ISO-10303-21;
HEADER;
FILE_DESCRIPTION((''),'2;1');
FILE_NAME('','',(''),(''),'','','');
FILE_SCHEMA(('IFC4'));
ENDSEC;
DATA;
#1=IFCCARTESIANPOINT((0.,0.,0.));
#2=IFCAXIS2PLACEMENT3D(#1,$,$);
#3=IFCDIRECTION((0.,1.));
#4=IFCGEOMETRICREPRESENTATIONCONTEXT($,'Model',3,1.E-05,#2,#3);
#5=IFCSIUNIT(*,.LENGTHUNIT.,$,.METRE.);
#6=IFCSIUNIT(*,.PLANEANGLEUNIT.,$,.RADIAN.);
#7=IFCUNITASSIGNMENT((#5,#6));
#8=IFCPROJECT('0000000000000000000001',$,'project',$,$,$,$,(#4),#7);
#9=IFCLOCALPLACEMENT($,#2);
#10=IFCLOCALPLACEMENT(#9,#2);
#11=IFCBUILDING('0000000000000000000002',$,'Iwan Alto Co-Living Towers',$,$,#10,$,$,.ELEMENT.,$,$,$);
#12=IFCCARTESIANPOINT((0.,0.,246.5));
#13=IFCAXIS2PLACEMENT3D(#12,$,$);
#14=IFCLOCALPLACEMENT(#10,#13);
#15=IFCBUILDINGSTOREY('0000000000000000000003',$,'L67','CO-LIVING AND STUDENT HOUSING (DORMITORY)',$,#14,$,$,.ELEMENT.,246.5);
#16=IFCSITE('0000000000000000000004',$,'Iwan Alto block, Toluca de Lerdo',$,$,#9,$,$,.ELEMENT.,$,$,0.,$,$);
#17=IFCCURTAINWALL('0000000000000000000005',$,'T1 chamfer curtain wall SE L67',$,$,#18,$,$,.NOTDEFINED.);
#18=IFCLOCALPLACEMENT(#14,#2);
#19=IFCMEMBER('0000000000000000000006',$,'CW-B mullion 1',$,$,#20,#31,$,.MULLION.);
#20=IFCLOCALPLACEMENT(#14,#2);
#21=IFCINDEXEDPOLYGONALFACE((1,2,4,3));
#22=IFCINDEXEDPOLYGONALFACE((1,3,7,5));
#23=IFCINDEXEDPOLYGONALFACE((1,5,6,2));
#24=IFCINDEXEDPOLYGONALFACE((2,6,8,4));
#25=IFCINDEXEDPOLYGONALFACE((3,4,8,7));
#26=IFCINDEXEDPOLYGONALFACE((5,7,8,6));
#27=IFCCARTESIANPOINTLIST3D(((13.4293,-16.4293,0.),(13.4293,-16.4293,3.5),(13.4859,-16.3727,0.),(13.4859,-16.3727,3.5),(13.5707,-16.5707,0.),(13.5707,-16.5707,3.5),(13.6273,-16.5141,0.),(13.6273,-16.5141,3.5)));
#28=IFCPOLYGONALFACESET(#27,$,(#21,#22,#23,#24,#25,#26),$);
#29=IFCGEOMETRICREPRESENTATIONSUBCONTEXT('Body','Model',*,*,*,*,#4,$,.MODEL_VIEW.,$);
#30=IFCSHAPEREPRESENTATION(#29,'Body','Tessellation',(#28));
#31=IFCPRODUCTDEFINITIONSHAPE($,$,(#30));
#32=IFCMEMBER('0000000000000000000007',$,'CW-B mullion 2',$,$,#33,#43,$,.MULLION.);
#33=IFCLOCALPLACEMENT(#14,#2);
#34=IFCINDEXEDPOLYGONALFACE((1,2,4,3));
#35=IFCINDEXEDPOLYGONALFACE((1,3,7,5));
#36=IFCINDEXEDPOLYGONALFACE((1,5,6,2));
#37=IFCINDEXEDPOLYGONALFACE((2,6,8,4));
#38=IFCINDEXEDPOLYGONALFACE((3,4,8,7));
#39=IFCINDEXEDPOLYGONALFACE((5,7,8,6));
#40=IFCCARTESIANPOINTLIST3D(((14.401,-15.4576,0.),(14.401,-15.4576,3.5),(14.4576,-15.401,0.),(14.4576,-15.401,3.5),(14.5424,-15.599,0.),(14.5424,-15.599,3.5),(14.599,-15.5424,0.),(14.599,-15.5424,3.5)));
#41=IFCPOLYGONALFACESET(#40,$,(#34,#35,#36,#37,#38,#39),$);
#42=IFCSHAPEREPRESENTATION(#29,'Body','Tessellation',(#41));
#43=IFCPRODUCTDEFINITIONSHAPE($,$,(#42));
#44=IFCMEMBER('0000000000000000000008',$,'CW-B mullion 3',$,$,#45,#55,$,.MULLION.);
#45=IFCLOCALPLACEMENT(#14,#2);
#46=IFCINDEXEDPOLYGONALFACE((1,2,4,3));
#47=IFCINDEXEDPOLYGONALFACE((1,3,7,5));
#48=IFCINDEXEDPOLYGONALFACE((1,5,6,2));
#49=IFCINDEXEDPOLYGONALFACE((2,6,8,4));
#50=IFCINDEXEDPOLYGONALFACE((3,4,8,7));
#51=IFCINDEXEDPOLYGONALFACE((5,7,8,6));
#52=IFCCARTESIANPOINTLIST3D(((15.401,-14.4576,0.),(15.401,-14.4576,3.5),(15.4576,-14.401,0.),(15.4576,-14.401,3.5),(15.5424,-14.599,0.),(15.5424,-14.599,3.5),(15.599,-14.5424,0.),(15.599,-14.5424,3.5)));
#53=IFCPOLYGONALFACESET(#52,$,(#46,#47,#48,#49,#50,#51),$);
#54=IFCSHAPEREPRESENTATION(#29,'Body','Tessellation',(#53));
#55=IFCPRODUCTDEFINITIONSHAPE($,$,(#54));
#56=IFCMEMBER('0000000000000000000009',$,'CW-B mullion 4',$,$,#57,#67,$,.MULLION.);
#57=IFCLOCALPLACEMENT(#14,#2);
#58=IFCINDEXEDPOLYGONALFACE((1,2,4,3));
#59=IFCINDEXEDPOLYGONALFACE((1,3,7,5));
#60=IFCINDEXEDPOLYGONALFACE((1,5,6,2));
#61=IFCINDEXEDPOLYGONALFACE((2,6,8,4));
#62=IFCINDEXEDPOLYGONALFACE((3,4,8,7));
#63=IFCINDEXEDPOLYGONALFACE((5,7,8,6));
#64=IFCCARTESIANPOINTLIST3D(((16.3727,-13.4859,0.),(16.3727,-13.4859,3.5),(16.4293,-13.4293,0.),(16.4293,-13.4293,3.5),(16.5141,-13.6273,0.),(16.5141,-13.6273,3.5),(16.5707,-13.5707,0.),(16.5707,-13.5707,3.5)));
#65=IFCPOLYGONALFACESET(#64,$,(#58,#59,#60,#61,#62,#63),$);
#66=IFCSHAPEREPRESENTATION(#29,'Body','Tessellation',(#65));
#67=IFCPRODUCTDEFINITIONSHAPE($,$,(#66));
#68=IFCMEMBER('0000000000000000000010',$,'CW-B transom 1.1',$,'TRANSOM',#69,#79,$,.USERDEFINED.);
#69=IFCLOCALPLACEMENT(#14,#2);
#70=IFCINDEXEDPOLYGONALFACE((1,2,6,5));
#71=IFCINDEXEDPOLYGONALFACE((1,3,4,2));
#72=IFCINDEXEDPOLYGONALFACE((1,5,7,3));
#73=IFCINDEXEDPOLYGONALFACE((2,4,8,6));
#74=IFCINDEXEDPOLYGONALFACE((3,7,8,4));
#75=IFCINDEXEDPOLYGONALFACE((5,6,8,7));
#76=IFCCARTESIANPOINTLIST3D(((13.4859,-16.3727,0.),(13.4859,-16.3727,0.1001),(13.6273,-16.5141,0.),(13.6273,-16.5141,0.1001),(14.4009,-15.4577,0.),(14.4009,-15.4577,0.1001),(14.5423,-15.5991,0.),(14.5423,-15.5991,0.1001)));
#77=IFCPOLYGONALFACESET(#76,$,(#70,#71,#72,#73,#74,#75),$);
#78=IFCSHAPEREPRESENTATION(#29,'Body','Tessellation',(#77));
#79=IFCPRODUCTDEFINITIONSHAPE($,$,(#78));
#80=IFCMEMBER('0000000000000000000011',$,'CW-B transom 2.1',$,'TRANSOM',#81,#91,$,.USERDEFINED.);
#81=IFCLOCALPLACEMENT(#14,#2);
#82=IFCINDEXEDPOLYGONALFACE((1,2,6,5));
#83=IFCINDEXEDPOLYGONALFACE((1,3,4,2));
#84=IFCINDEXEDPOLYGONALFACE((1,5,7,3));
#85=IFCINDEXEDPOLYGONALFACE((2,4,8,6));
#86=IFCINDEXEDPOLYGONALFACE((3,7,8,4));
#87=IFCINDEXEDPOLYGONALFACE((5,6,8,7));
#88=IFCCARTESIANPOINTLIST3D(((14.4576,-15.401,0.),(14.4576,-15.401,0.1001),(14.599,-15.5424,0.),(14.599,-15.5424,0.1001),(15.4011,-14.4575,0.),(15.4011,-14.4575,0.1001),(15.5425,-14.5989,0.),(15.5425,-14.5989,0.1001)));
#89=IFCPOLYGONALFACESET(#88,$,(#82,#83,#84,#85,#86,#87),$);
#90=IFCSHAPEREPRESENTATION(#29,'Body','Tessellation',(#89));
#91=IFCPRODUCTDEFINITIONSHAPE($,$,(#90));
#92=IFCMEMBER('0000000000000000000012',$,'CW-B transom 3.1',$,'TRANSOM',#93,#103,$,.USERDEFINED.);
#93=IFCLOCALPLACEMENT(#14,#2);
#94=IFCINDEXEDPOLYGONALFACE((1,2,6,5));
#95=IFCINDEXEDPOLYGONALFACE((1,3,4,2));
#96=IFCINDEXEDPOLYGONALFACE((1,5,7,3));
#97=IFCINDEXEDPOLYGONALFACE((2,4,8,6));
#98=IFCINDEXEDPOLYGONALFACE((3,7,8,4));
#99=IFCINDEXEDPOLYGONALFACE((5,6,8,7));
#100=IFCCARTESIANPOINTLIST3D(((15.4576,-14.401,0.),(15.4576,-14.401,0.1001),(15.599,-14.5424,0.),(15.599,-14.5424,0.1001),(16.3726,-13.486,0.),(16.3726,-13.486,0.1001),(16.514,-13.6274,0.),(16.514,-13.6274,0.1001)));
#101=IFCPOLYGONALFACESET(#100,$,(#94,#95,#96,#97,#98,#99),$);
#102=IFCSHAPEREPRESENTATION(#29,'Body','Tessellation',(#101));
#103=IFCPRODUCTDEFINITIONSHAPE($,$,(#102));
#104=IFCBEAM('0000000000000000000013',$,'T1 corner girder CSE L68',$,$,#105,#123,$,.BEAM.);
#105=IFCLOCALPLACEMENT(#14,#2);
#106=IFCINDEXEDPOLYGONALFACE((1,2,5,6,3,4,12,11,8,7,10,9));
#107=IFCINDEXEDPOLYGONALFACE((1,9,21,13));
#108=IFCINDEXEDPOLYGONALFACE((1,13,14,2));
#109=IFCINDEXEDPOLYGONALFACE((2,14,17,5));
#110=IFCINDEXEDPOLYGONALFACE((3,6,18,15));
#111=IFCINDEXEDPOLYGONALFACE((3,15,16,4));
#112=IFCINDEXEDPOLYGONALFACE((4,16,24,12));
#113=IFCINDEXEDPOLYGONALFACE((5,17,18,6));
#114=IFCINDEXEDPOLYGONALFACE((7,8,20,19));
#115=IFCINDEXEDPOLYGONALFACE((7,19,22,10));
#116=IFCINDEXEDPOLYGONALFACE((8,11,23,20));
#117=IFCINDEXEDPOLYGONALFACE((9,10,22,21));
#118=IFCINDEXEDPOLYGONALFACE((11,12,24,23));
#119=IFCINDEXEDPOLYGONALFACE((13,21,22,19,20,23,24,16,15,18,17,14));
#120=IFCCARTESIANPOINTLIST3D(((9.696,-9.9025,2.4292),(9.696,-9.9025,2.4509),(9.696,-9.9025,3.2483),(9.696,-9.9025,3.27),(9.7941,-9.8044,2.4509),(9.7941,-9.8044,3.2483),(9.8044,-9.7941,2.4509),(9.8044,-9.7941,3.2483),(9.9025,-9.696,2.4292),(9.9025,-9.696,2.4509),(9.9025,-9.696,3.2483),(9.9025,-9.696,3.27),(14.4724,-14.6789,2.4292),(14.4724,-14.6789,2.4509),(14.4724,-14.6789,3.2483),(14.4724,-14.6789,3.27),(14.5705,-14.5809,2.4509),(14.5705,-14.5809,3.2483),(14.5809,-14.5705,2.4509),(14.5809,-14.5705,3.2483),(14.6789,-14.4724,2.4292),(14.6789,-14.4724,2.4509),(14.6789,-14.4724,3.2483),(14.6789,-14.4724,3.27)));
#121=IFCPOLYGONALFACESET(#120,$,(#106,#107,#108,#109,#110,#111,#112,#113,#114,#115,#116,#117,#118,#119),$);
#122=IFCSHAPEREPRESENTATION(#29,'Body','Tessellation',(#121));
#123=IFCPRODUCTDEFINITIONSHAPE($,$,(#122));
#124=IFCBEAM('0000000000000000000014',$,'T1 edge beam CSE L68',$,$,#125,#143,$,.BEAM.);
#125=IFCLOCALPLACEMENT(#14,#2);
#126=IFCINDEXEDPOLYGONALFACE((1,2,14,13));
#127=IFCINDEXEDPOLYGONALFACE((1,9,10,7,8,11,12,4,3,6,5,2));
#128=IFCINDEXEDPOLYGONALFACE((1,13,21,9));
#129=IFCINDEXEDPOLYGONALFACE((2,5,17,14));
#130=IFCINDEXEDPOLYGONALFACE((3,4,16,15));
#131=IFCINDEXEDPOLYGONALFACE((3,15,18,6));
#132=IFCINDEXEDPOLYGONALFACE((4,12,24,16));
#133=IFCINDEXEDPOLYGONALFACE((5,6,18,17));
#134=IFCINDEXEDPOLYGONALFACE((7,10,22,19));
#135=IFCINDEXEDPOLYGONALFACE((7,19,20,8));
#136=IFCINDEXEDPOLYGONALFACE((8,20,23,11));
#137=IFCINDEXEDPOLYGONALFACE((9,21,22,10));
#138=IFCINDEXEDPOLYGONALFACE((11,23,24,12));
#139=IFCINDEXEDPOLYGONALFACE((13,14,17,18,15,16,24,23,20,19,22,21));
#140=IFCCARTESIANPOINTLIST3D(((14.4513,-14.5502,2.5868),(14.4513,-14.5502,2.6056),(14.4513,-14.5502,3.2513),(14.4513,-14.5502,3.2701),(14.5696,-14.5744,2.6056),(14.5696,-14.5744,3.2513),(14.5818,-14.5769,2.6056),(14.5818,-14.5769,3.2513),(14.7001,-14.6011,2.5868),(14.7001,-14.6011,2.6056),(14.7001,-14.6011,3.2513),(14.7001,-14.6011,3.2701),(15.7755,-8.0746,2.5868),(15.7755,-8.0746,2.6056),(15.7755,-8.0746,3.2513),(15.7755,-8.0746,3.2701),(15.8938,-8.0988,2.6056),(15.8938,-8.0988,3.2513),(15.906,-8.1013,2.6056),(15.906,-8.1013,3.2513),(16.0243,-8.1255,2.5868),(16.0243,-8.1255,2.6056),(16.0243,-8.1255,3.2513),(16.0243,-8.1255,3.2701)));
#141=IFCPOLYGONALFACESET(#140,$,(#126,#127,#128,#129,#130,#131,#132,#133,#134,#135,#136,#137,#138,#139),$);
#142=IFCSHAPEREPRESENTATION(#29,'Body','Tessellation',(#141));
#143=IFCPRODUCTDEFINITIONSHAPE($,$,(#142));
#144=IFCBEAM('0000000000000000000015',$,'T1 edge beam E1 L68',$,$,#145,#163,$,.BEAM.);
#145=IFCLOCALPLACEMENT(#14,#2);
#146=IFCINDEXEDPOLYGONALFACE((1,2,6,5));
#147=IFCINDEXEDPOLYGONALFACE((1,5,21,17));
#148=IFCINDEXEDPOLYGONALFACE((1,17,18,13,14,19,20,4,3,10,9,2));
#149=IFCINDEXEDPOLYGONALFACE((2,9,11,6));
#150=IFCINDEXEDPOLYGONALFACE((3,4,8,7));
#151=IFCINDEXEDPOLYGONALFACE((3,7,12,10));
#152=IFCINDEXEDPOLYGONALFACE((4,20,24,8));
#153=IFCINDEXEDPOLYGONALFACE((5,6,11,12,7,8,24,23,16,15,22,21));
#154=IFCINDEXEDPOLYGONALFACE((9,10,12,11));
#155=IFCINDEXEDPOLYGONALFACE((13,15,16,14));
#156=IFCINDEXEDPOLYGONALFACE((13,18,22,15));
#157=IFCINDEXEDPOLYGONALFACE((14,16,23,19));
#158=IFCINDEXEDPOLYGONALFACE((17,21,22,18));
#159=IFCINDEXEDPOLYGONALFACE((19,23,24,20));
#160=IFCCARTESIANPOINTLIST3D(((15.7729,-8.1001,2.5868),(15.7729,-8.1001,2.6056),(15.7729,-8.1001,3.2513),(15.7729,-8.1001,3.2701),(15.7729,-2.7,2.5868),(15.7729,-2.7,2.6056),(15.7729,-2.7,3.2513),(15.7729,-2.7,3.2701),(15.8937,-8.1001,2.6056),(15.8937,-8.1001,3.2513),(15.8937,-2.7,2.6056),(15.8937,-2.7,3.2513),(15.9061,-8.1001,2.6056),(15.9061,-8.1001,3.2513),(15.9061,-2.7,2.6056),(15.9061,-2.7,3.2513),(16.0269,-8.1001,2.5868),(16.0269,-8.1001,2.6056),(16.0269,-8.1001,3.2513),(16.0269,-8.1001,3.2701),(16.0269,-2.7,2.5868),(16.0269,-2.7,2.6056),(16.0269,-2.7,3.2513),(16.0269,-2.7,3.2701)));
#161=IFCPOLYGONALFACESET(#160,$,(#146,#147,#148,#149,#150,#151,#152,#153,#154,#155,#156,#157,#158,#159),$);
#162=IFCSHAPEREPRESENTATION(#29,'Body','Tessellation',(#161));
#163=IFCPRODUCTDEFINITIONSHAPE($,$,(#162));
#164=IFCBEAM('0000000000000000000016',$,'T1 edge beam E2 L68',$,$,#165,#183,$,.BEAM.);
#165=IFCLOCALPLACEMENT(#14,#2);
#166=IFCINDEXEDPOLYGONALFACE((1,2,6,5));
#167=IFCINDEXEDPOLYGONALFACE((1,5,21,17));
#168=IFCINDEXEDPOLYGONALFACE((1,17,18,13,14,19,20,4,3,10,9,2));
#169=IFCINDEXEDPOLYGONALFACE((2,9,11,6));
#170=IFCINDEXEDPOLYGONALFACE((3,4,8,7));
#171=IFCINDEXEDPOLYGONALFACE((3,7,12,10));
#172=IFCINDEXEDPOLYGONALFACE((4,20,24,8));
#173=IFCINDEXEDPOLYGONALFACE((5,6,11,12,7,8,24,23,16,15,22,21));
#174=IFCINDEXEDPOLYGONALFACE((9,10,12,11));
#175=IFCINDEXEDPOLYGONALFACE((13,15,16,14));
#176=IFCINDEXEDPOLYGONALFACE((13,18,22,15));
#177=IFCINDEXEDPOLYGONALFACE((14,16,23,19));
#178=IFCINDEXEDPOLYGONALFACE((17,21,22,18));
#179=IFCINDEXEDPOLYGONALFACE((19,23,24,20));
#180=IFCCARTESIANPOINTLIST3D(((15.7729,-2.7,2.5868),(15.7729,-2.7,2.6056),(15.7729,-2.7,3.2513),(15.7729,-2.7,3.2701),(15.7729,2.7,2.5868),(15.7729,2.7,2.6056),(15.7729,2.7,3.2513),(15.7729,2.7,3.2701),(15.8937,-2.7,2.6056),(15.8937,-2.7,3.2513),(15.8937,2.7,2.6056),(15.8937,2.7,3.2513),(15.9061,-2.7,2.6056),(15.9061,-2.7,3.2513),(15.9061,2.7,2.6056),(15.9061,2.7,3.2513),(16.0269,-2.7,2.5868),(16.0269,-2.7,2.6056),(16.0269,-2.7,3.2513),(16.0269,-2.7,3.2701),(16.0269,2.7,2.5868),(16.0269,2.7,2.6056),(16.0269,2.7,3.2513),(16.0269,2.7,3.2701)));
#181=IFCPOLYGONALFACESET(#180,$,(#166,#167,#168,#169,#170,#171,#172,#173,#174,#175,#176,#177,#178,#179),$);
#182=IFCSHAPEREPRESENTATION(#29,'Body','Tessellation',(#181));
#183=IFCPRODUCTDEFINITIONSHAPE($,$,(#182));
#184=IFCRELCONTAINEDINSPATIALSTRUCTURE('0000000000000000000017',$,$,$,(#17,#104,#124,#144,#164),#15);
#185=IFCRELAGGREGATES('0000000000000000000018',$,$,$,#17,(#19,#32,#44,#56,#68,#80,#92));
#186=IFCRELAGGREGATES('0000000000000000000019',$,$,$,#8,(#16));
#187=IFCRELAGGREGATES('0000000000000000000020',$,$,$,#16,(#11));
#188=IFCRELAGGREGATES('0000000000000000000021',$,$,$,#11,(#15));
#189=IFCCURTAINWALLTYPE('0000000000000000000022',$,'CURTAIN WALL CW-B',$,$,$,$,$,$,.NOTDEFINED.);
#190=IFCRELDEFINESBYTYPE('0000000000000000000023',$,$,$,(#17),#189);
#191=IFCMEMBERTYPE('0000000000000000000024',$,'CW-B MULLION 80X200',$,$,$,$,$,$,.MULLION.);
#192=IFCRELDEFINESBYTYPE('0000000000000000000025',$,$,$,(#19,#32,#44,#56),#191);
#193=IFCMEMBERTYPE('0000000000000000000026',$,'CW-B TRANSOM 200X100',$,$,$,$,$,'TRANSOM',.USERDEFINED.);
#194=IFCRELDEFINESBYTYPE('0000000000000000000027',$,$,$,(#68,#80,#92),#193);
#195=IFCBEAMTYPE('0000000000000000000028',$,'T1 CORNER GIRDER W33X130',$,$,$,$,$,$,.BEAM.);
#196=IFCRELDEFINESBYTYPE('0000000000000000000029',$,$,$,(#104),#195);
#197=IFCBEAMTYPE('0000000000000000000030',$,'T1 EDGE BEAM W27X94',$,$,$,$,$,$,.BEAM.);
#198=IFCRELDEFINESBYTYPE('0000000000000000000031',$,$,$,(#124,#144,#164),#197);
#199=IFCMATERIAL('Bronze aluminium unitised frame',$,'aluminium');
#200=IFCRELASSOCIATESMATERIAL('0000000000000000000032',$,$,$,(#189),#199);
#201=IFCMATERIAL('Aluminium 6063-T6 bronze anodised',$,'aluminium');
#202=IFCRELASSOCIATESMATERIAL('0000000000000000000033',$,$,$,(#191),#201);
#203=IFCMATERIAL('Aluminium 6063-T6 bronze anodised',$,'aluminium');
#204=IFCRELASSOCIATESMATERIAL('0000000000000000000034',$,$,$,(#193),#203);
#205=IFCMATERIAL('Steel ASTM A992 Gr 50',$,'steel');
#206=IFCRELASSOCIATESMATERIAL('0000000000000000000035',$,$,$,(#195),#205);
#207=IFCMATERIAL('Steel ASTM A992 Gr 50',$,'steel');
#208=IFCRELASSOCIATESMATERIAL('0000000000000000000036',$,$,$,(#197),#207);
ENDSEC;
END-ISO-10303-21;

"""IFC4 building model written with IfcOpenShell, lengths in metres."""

from ifc_helpers import new_model, si_unit, direction, frame, origin, origin_2d, place, context, subcontext, project, spatial, rectangle, i_section, extrude, material, material_profile, profile_set, type_object, element, aggregate, save


model = new_model("IFC4")

# Units and contexts
model_context = context("Model", 3, precision=1e-05, world=origin(), true_north=direction((0.0, 1.0)))
body_context = subcontext(model_context, "Body", "Model", "MODEL_VIEW")
ifc_project = project(units=[si_unit("LENGTHUNIT", "METRE"), si_unit("PLANEANGLEUNIT", "RADIAN")], contexts=[model_context])

# Site, building, storey
site_placement = place(None, origin())
site = spatial("IfcSite", under=ifc_project, at=site_placement, Name="Iwan Alto block, Toluca de Lerdo", CompositionType="ELEMENT", RefElevation=0.0)
building_placement = place(site_placement, origin())
building = spatial("IfcBuilding", under=site, at=building_placement, Name="Iwan Alto Co-Living Towers", CompositionType="ELEMENT")
storey_placement = place(building_placement, frame((0.0, 0.0, 246.5)))
storey = spatial("IfcBuildingStorey", under=building, at=storey_placement, Name="L67", Description="CO-LIVING AND STUDENT HOUSING (DORMITORY)", CompositionType="ELEMENT", Elevation=246.5)

# Curtain wall, members
ifc_material_1 = material(Name="Bronze aluminium unitised frame", Category="aluminium")
curtain_wall_type_1 = type_object("IfcCurtainWallType", Name="CURTAIN WALL CW-B", PredefinedType="NOTDEFINED", material=ifc_material_1)
curtain_wall_1_placement = place(storey_placement, origin())
curtain_wall_1 = element("IfcCurtainWall", 1, at=curtain_wall_1_placement, inside=storey, type_object=curtain_wall_type_1, Name="T1 chamfer curtain wall SE L67", PredefinedType="NOTDEFINED")
ifc_material_2 = material(Name="Aluminium 6063-T6 bronze anodised", Category="aluminium")
ifc_material_profile_1 = material_profile(ifc_material_2, rectangle(XDim=0.2, YDim=0.0801, at=origin_2d()), Name="AL 80X200")
ifc_profile_set_1 = profile_set([ifc_material_profile_1], Name="Aluminium 6063-T6 bronze anodised")
member_type_1 = type_object("IfcMemberType", Name="CW-B MULLION 80X200", PredefinedType="MULLION", material=ifc_profile_set_1)
member_1_placement = place(storey_placement, frame((13.5283, -16.4717, 0.0), z_axis=(0.0, 0.0, 1.0), x_axis=(-0.707107, 0.707107, 0.0)))
member_1 = element("IfcMember", 2, at=member_1_placement, type_object=member_type_1, Name="CW-B mullion 1", PredefinedType="MULLION", context=body_context, shape_type="SweptSolid", body=[
    extrude(rectangle(XDim=0.2, YDim=0.0801, at=origin_2d()), origin(), (0.0, 0.0, 1.0), 3.5),
])
member_2_placement = place(storey_placement, frame((14.5, -15.5, 0.0), z_axis=(0.0, 0.0, 1.0), x_axis=(-0.707107, 0.707107, 0.0)))
member_2 = element("IfcMember", 3, at=member_2_placement, type_object=member_type_1, Name="CW-B mullion 2", PredefinedType="MULLION", context=body_context, shape_type="SweptSolid", body=[
    extrude(rectangle(XDim=0.2, YDim=0.0801, at=origin_2d()), origin(), (0.0, 0.0, 1.0), 3.5),
])
member_3_placement = place(storey_placement, frame((15.5, -14.5, 0.0), z_axis=(0.0, 0.0, 1.0), x_axis=(-0.707107, 0.707107, 0.0)))
member_3 = element("IfcMember", 4, at=member_3_placement, type_object=member_type_1, Name="CW-B mullion 3", PredefinedType="MULLION", context=body_context, shape_type="SweptSolid", body=[
    extrude(rectangle(XDim=0.2, YDim=0.0801, at=origin_2d()), origin(), (0.0, 0.0, 1.0), 3.5),
])
member_4_placement = place(storey_placement, frame((16.4717, -13.5283, 0.0), z_axis=(0.0, 0.0, 1.0), x_axis=(-0.707107, 0.707107, 0.0)))
member_4 = element("IfcMember", 5, at=member_4_placement, type_object=member_type_1, Name="CW-B mullion 4", PredefinedType="MULLION", context=body_context, shape_type="SweptSolid", body=[
    extrude(rectangle(XDim=0.2, YDim=0.0801, at=origin_2d()), origin(), (0.0, 0.0, 1.0), 3.5),
])
ifc_material_3 = material(Name="Aluminium 6063-T6 bronze anodised", Category="aluminium")
ifc_material_profile_2 = material_profile(ifc_material_3, rectangle(XDim=0.2, YDim=0.1001, at=origin_2d()), Name="AL 200X100")
ifc_profile_set_2 = profile_set([ifc_material_profile_2], Name="Aluminium 6063-T6 bronze anodised")
member_type_2 = type_object("IfcMemberType", Name="CW-B TRANSOM 200X100", ElementType="TRANSOM", PredefinedType="USERDEFINED", material=ifc_profile_set_2)
member_5_placement = place(storey_placement, frame((13.5566, -16.4434, 0.05), z_axis=(0.707107, 0.707107, 0.0), x_axis=(-0.707107, 0.707107, 0.0)))
member_5 = element("IfcMember", 6, at=member_5_placement, type_object=member_type_2, Name="CW-B transom 1.1", ObjectType="TRANSOM", PredefinedType="USERDEFINED", context=body_context, shape_type="SweptSolid", body=[
    extrude(rectangle(XDim=0.2, YDim=0.1001, at=origin_2d()), origin(), (0.0, 0.0, 1.0), 1.2939),
])
member_6_placement = place(storey_placement, frame((14.5283, -15.4717, 0.05), z_axis=(0.707107, 0.707107, 0.0), x_axis=(-0.707107, 0.707107, 0.0)))
member_6 = element("IfcMember", 7, at=member_6_placement, type_object=member_type_2, Name="CW-B transom 2.1", ObjectType="TRANSOM", PredefinedType="USERDEFINED", context=body_context, shape_type="SweptSolid", body=[
    extrude(rectangle(XDim=0.2, YDim=0.1001, at=origin_2d()), origin(), (0.0, 0.0, 1.0), 1.3342),
])
member_7_placement = place(storey_placement, frame((15.5283, -14.4717, 0.05), z_axis=(0.707107, 0.707107, 0.0), x_axis=(-0.707107, 0.707107, 0.0)))
member_7 = element("IfcMember", 8, at=member_7_placement, type_object=member_type_2, Name="CW-B transom 3.1", ObjectType="TRANSOM", PredefinedType="USERDEFINED", context=body_context, shape_type="SweptSolid", body=[
    extrude(rectangle(XDim=0.2, YDim=0.1001, at=origin_2d()), origin(), (0.0, 0.0, 1.0), 1.2939),
])

# Beams
ifc_material_4 = material(Name="Steel ASTM A992 Gr 50", Category="steel")
ifc_material_profile_3 = material_profile(ifc_material_4, i_section(OverallWidth=0.292, OverallDepth=0.8408, WebThickness=0.0146, FlangeThickness=0.0217, at=origin_2d()), Name="W33X130")
ifc_profile_set_3 = profile_set([ifc_material_profile_3], Name="Steel ASTM A992 Gr 50")
beam_type_1 = type_object("IfcBeamType", Name="T1 CORNER GIRDER W33X130", PredefinedType="BEAM", material=ifc_profile_set_3)
beam_1_placement = place(storey_placement, frame((14.5757, -14.5757, 2.8496), z_axis=(-0.707107, 0.707107, 0.0), x_axis=(-0.707107, -0.707107, 0.0)))
element("IfcBeam", 9, at=beam_1_placement, inside=storey, type_object=beam_type_1, Name="T1 corner girder CSE L68", PredefinedType="BEAM", context=body_context, shape_type="SweptSolid", body=[
    extrude(i_section(OverallWidth=0.292, OverallDepth=0.8408, WebThickness=0.0146, FlangeThickness=0.0217, at=origin_2d()), origin(), (0.0, 0.0, 1.0), 6.7549),
])
ifc_material_5 = material(Name="Steel ASTM A992 Gr 50", Category="steel")
ifc_material_profile_4 = material_profile(ifc_material_5, i_section(OverallWidth=0.2539, OverallDepth=0.6833, WebThickness=0.0125, FlangeThickness=0.0188, at=origin_2d()), Name="W27X94")
ifc_profile_set_4 = profile_set([ifc_material_profile_4], Name="Steel ASTM A992 Gr 50")
beam_type_2 = type_object("IfcBeamType", Name="T1 EDGE BEAM W27X94", PredefinedType="BEAM", material=ifc_profile_set_4)
beam_2_placement = place(storey_placement, frame((14.5757, -14.5757, 2.9285), z_axis=(0.200348, 0.979725, 0.0), x_axis=(-0.979725, 0.200348, 0.0)))
element("IfcBeam", 10, at=beam_2_placement, inside=storey, type_object=beam_type_2, Name="T1 edge beam CSE L68", PredefinedType="BEAM", context=body_context, shape_type="SweptSolid", body=[
    extrude(i_section(OverallWidth=0.2539, OverallDepth=0.6833, WebThickness=0.0125, FlangeThickness=0.0188, at=origin_2d()), origin(), (0.0, 0.0, 1.0), 6.6096),
])
beam_3_placement = place(storey_placement, frame((15.8999, -8.1001, 2.9285), z_axis=(0.0, 1.0, 0.0), x_axis=(-1.0, 0.0, 0.0)))
element("IfcBeam", 11, at=beam_3_placement, inside=storey, type_object=beam_type_2, Name="T1 edge beam E1 L68", PredefinedType="BEAM", context=body_context, shape_type="SweptSolid", body=[
    extrude(i_section(OverallWidth=0.2539, OverallDepth=0.6833, WebThickness=0.0125, FlangeThickness=0.0188, at=origin_2d()), origin(), (0.0, 0.0, 1.0), 5.4001),
])
beam_4_placement = place(storey_placement, frame((15.8999, -2.7, 2.9285), z_axis=(0.0, 1.0, 0.0), x_axis=(-1.0, 0.0, 0.0)))
element("IfcBeam", 12, at=beam_4_placement, inside=storey, type_object=beam_type_2, Name="T1 edge beam E2 L68", PredefinedType="BEAM", context=body_context, shape_type="SweptSolid", body=[
    extrude(i_section(OverallWidth=0.2539, OverallDepth=0.6833, WebThickness=0.0125, FlangeThickness=0.0188, at=origin_2d()), origin(), (0.0, 0.0, 1.0), 5.3999),
])

aggregate(curtain_wall_1, [member_1, member_2, member_3, member_4, member_5, member_6, member_7])

save(model, "model.ifc")
